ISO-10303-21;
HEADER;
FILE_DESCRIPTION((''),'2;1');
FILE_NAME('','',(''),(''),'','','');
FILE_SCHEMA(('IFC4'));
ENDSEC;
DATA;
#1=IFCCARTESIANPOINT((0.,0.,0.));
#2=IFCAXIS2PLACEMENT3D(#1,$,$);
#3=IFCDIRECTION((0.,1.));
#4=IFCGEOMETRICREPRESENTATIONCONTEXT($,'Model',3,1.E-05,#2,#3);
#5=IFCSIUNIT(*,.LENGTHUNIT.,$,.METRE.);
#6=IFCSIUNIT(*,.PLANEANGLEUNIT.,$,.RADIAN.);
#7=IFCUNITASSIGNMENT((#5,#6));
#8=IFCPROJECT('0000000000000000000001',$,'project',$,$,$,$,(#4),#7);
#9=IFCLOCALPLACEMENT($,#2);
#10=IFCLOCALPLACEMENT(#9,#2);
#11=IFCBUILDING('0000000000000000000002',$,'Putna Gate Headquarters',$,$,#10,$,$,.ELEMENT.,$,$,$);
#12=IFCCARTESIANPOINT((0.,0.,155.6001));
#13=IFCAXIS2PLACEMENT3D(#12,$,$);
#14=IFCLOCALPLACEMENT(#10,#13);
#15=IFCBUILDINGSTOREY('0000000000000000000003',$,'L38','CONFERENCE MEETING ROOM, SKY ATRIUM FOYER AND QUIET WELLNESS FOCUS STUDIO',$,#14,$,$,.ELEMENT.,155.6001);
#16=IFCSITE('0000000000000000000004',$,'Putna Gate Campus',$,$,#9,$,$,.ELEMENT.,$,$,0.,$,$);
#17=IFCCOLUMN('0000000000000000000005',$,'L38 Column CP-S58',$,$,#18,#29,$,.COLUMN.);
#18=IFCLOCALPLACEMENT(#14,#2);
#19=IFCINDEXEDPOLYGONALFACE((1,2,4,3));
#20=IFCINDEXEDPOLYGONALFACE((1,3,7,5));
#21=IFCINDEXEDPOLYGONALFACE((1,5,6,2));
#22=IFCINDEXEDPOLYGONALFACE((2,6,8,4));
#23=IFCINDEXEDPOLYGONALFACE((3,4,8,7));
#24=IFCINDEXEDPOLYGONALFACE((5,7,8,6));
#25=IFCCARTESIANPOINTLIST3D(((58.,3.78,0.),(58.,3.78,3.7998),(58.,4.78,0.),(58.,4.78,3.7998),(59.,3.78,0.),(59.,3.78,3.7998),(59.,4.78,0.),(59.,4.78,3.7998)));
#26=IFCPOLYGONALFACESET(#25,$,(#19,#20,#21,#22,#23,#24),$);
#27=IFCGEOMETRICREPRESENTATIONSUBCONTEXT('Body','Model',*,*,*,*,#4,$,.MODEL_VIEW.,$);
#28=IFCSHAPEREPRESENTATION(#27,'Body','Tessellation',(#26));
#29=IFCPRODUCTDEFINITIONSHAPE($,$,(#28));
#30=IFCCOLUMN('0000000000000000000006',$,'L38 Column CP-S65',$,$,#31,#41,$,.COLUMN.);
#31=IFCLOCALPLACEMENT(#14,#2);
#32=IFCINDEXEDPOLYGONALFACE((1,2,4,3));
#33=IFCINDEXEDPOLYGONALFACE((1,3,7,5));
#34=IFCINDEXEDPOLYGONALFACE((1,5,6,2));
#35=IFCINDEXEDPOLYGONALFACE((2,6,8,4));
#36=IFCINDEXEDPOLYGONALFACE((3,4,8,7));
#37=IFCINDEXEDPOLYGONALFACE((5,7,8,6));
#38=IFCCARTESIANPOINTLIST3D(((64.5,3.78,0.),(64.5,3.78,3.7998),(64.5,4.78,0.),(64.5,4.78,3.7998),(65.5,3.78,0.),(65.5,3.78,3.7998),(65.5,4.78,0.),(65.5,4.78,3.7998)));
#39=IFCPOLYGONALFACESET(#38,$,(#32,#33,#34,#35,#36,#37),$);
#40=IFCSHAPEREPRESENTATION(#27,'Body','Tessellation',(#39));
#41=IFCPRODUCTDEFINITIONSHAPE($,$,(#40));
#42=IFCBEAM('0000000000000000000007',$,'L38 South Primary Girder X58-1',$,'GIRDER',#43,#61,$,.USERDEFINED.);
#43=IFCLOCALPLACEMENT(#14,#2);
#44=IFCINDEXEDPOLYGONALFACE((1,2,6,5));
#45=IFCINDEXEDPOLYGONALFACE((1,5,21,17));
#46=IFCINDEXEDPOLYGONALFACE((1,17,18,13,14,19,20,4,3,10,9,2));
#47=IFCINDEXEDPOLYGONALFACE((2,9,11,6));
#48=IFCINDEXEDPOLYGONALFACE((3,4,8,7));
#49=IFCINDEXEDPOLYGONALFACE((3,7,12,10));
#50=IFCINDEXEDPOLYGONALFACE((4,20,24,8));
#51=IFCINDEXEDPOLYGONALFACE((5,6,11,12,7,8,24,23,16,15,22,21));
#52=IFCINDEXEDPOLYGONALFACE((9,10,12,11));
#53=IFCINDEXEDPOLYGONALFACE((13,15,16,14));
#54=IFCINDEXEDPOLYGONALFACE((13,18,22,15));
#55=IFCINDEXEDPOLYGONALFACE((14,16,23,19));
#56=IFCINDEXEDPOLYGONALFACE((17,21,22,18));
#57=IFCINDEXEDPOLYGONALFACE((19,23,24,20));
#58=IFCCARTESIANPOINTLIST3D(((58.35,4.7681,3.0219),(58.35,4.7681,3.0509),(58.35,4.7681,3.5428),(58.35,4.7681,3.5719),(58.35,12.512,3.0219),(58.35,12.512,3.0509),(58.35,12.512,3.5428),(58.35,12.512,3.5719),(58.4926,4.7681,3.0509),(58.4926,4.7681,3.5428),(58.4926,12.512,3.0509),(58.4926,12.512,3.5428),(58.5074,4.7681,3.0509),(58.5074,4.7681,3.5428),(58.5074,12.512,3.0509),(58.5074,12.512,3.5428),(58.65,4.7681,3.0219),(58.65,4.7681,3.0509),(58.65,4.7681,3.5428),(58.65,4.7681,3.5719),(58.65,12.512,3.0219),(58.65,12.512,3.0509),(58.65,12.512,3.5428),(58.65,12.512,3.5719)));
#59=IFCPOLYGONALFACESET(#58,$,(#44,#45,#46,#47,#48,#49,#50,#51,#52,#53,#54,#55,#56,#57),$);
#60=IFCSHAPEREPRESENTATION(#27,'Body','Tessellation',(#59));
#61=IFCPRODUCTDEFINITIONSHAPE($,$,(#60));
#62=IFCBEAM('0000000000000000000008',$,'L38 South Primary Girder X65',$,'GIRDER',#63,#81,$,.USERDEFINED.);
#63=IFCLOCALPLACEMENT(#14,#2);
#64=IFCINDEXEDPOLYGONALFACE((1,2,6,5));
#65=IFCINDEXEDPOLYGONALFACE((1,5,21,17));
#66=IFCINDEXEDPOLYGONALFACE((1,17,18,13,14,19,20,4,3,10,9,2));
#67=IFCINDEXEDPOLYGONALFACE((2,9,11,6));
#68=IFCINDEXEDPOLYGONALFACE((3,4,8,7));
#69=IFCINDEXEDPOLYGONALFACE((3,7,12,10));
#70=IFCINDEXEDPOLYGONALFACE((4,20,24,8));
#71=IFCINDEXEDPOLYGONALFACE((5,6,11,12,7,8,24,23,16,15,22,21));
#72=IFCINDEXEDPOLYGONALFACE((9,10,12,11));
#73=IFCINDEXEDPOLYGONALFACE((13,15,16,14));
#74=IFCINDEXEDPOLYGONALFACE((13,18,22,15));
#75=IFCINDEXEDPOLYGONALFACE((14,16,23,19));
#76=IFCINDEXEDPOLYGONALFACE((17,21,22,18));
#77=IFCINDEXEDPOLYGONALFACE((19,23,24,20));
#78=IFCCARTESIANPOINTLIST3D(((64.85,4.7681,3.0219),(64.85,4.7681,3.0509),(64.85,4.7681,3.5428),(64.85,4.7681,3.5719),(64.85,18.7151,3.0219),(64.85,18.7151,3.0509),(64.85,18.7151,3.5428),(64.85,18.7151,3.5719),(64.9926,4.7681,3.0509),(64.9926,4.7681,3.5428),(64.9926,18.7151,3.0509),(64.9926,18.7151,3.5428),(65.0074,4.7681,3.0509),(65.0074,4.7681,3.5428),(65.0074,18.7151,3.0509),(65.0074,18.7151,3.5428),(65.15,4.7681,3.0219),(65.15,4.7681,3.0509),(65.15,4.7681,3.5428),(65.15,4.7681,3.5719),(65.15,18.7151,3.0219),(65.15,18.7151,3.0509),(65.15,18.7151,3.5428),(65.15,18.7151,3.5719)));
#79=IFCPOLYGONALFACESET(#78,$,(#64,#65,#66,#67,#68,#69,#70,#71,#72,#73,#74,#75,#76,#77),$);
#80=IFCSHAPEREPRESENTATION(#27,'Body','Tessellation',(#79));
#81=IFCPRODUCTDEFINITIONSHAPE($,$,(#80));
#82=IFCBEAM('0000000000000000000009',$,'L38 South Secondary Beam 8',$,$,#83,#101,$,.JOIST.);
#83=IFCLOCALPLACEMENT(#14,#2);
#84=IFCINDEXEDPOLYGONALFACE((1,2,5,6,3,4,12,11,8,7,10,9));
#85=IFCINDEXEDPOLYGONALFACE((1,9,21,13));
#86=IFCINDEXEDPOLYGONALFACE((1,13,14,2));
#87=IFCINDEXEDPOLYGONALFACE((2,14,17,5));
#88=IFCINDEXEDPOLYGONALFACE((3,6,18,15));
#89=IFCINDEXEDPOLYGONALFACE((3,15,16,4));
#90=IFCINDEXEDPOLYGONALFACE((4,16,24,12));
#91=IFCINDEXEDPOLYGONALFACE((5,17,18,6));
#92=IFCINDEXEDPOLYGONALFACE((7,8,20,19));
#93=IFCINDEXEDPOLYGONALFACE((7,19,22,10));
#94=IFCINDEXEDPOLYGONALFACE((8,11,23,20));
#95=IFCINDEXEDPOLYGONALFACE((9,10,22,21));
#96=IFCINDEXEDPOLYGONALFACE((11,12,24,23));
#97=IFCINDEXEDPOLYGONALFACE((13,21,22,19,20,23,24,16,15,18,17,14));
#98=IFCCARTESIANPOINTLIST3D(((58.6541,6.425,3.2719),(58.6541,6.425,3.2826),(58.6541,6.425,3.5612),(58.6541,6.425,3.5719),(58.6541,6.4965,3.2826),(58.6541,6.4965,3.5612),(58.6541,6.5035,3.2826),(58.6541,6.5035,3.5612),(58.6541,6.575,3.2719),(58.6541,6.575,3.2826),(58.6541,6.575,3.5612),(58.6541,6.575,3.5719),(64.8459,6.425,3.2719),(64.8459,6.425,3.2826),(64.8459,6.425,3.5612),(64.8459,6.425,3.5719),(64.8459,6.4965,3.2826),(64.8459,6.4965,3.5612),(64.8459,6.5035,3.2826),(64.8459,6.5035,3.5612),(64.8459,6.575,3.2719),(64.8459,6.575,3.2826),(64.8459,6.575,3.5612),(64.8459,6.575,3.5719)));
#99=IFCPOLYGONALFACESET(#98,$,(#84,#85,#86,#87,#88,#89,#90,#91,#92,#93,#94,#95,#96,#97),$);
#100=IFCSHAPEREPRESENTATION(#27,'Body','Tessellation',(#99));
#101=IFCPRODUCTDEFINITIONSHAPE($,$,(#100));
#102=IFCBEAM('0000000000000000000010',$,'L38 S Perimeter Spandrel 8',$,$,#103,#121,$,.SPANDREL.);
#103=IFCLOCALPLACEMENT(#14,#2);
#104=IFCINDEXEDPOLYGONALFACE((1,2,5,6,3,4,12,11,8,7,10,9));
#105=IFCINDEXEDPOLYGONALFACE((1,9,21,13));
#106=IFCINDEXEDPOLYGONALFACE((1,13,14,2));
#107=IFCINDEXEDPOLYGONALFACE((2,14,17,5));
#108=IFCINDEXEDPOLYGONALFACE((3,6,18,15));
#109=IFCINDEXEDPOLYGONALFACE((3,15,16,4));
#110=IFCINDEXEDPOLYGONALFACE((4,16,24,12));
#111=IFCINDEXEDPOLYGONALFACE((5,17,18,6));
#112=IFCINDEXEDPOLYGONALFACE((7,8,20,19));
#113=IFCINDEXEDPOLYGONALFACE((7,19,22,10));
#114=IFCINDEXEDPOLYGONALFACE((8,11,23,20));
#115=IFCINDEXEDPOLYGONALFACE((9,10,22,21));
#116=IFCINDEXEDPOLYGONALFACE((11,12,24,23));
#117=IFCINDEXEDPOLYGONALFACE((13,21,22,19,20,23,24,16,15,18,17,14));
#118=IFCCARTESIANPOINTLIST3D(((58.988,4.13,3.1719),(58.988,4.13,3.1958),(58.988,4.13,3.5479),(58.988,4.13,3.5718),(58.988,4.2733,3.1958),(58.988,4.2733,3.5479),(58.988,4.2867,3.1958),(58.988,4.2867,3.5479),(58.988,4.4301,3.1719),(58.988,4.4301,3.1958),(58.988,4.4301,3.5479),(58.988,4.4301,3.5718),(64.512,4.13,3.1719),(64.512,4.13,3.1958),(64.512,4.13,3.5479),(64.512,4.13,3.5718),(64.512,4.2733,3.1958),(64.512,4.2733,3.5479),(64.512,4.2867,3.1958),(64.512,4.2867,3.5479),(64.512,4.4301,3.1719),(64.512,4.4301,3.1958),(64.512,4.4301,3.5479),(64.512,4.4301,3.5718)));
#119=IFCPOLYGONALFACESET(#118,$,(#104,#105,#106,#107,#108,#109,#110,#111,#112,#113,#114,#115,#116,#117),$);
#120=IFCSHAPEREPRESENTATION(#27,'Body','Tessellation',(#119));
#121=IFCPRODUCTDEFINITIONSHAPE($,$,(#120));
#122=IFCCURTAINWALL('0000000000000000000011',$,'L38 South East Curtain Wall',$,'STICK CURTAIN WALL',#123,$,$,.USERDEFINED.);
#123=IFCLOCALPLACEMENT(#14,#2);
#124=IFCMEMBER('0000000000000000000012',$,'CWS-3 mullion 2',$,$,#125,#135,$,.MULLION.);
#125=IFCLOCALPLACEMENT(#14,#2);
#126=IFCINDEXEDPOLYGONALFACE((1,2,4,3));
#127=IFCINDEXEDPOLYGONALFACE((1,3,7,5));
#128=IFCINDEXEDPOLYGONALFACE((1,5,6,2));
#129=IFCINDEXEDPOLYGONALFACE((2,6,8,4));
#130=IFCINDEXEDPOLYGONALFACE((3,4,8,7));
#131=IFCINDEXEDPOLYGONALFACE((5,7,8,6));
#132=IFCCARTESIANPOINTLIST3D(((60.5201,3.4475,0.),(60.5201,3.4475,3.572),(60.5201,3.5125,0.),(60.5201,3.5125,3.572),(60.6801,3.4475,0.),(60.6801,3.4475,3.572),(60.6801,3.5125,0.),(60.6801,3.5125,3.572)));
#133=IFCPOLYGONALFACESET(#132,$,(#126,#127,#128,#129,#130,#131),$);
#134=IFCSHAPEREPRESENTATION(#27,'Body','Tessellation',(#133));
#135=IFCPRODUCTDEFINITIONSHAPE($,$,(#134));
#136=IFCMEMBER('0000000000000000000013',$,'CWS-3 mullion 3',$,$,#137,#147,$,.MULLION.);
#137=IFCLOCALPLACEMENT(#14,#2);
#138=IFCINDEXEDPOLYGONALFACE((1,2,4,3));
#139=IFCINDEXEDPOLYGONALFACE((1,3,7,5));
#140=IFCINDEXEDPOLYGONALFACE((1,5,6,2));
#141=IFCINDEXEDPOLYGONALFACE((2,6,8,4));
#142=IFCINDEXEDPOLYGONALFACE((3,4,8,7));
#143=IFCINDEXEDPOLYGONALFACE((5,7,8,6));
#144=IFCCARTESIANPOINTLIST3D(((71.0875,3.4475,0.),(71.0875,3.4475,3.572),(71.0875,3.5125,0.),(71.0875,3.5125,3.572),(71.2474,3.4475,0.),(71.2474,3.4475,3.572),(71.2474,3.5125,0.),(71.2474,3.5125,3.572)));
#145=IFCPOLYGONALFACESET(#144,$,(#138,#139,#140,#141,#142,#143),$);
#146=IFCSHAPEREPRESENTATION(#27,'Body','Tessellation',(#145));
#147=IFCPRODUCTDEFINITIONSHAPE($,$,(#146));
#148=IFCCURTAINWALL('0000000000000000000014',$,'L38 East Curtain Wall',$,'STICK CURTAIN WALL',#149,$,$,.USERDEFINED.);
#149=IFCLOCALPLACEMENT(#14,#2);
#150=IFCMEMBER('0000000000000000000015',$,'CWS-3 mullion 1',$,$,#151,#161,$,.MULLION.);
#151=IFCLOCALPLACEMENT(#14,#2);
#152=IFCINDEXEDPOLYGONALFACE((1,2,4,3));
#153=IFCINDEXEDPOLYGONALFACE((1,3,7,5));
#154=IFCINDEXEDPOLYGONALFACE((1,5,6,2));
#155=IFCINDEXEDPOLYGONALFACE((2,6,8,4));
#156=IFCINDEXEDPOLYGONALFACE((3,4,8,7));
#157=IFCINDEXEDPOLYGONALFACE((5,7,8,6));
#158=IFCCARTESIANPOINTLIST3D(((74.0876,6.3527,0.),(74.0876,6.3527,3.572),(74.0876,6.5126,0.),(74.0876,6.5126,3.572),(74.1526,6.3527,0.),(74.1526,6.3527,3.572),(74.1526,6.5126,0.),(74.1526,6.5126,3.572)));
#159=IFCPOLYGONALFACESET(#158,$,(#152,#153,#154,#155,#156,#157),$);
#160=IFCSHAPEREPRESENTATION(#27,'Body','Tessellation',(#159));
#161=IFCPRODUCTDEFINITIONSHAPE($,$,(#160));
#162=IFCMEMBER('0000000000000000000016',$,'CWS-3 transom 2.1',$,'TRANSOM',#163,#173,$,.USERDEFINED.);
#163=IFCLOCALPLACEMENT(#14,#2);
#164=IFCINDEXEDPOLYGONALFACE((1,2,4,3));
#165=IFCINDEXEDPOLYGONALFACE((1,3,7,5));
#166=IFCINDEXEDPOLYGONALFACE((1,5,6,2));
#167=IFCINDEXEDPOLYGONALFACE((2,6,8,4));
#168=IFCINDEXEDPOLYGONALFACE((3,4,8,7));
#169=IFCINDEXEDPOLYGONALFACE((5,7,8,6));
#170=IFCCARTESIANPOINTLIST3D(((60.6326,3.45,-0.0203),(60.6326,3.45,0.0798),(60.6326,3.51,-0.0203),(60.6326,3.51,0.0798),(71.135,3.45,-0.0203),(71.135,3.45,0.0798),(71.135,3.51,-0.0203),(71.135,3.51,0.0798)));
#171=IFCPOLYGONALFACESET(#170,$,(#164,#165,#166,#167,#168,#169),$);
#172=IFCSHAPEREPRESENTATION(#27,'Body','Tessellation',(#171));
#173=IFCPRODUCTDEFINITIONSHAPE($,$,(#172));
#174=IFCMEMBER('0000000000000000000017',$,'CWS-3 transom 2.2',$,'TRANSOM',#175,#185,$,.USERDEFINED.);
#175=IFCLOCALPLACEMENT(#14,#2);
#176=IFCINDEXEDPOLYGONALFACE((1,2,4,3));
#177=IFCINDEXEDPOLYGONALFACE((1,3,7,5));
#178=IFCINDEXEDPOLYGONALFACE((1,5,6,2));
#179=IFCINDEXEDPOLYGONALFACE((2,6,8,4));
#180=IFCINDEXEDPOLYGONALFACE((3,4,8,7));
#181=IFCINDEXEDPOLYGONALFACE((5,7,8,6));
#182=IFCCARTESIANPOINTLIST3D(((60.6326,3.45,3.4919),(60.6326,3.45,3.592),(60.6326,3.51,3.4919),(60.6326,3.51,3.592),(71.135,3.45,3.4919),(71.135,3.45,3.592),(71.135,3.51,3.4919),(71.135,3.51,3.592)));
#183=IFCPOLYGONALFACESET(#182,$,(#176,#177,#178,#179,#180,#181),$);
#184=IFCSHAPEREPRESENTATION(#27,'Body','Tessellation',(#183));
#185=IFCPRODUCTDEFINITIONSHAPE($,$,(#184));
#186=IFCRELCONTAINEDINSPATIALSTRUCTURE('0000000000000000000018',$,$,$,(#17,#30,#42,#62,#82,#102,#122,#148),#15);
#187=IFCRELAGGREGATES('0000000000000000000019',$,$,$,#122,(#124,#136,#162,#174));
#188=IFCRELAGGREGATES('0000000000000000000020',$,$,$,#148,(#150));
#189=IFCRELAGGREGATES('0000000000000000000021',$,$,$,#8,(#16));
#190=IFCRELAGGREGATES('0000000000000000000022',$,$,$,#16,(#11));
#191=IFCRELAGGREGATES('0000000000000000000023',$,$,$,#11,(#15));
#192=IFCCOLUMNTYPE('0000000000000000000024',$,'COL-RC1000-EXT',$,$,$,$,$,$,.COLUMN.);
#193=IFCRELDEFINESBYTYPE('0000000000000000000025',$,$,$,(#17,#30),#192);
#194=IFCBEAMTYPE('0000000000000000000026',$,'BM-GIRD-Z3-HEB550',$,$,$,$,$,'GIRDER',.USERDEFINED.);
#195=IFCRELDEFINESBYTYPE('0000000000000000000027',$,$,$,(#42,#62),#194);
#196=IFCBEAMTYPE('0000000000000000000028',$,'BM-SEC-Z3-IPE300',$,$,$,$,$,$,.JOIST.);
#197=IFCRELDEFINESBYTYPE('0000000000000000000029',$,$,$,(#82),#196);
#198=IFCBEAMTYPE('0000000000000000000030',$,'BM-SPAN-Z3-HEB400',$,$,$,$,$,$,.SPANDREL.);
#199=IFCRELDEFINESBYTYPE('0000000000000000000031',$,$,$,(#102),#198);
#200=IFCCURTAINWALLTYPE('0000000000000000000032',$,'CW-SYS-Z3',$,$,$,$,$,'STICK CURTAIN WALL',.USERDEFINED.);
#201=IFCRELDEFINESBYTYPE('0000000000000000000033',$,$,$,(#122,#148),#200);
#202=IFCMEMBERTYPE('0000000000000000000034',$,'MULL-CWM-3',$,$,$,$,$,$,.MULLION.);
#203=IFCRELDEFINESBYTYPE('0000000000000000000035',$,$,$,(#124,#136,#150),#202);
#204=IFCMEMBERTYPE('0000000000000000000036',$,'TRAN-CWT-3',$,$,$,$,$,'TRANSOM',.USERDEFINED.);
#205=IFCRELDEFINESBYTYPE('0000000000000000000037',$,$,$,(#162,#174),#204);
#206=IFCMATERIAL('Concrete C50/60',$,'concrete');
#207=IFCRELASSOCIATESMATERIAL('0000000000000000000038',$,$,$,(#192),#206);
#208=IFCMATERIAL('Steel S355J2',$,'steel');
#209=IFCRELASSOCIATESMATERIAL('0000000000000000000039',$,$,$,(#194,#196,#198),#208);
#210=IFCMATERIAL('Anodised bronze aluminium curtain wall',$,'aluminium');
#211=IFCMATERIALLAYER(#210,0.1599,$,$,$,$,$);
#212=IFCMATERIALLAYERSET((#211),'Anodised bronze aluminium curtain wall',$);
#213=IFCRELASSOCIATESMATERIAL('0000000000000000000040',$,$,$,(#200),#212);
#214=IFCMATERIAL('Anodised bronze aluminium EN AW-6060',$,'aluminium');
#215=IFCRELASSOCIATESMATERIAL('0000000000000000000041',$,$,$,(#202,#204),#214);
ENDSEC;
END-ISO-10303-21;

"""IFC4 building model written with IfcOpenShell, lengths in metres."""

from ifc_helpers import new_model, si_unit, direction, frame, origin, origin_2d, place, context, subcontext, project, spatial, rectangle, i_section, extrude, material, layer, layer_set, material_profile, profile_set, type_object, element, aggregate, save


model = new_model("IFC4")

# Units and contexts
model_context = context("Model", 3, precision=1e-05, world=origin(), true_north=direction((0.0, 1.0)))
body_context = subcontext(model_context, "Body", "Model", "MODEL_VIEW")
ifc_project = project(units=[si_unit("LENGTHUNIT", "METRE"), si_unit("PLANEANGLEUNIT", "RADIAN")], contexts=[model_context])

# Site, building, storey
site_placement = place(None, origin())
site = spatial("IfcSite", under=ifc_project, at=site_placement, Name="Putna Gate Campus", CompositionType="ELEMENT", RefElevation=0.0)
building_placement = place(site_placement, origin())
building = spatial("IfcBuilding", under=site, at=building_placement, Name="Putna Gate Headquarters", CompositionType="ELEMENT")
storey_placement = place(building_placement, frame((0.0, 0.0, 155.6001)))
storey = spatial("IfcBuildingStorey", under=building, at=storey_placement, Name="L38", Description="CONFERENCE MEETING ROOM, SKY ATRIUM FOYER AND QUIET WELLNESS FOCUS STUDIO", CompositionType="ELEMENT", Elevation=155.6001)

# Columns
ifc_material_1 = material(Name="Concrete C50/60", Category="concrete")
ifc_material_profile_1 = material_profile(ifc_material_1, rectangle(XDim=1.0, YDim=1.0, at=origin_2d()), Name="Concrete C50/60")
ifc_profile_set_1 = profile_set([ifc_material_profile_1], Name="Concrete C50/60")
column_type = type_object("IfcColumnType", Name="COL-RC1000-EXT", PredefinedType="COLUMN", material=ifc_profile_set_1)
for number, where, z_axis, x_axis, name in (
    (1, (58.5, 4.28, 0.0), (0.0, 0.0, 1.0), (1.0, 0.0, 0.0), "L38 Column CP-S58"),
    (2, (65.0, 4.28, 0.0), (0.0, 0.0, 1.0), (1.0, 0.0, 0.0), "L38 Column CP-S65"),
):
    element("IfcColumn", number, at=place(storey_placement, frame(where, z_axis=z_axis, x_axis=x_axis)), inside=storey, type_object=column_type, Name=name, PredefinedType="COLUMN", context=body_context, shape_type="SweptSolid", body=[
        extrude(rectangle(XDim=1.0, YDim=1.0, at=origin_2d()), origin(), (0.0, 0.0, 1.0), 3.7998),
    ])

# Beams
ifc_material_2 = material(Name="Steel S355J2", Category="steel")
ifc_material_profile_2 = material_profile(ifc_material_2, i_section(OverallWidth=0.3, OverallDepth=0.55, WebThickness=0.0149, FlangeThickness=0.0291, at=origin_2d()), Name="Steel S355J2")
ifc_profile_set_2 = profile_set([ifc_material_profile_2], Name="Steel S355J2")
beam_type_1 = type_object("IfcBeamType", Name="BM-GIRD-Z3-HEB550", ElementType="GIRDER", PredefinedType="USERDEFINED", material=ifc_profile_set_2)
beam_1_placement = place(storey_placement, frame((58.5, 4.7681, 3.2969), z_axis=(0.0, 1.0, 0.0), x_axis=(-1.0, 0.0, 0.0)))
element("IfcBeam", 3, at=beam_1_placement, inside=storey, type_object=beam_type_1, Name="L38 South Primary Girder X58-1", ObjectType="GIRDER", PredefinedType="USERDEFINED", context=body_context, shape_type="SweptSolid", body=[
    extrude(i_section(OverallWidth=0.3, OverallDepth=0.55, WebThickness=0.0149, FlangeThickness=0.0291, at=origin_2d()), origin(), (0.0, 0.0, 1.0), 7.7439),
])
beam_2_placement = place(storey_placement, frame((65.0, 4.7681, 3.2969), z_axis=(0.0, 1.0, 0.0), x_axis=(-1.0, 0.0, 0.0)))
element("IfcBeam", 4, at=beam_2_placement, inside=storey, type_object=beam_type_1, Name="L38 South Primary Girder X65", ObjectType="GIRDER", PredefinedType="USERDEFINED", context=body_context, shape_type="SweptSolid", body=[
    extrude(i_section(OverallWidth=0.3, OverallDepth=0.55, WebThickness=0.0149, FlangeThickness=0.0291, at=origin_2d()), origin(), (0.0, 0.0, 1.0), 13.947),
])
ifc_material_profile_3 = material_profile(ifc_material_2, i_section(OverallWidth=0.1499, OverallDepth=0.3, WebThickness=0.0071, FlangeThickness=0.0107, at=origin_2d()), Name="Steel S355J2")
ifc_profile_set_3 = profile_set([ifc_material_profile_3], Name="Steel S355J2")
beam_type_2 = type_object("IfcBeamType", Name="BM-SEC-Z3-IPE300", PredefinedType="JOIST", material=ifc_profile_set_3)
beam_3_placement = place(storey_placement, frame((58.6541, 6.5, 3.4219), z_axis=(1.0, 0.0, 0.0), x_axis=(0.0, 1.0, 0.0)))
element("IfcBeam", 5, at=beam_3_placement, inside=storey, type_object=beam_type_2, Name="L38 South Secondary Beam 8", PredefinedType="JOIST", context=body_context, shape_type="SweptSolid", body=[
    extrude(i_section(OverallWidth=0.1499, OverallDepth=0.3, WebThickness=0.0071, FlangeThickness=0.0107, at=origin_2d()), origin(), (0.0, 0.0, 1.0), 6.1919),
])
ifc_material_profile_4 = material_profile(ifc_material_2, i_section(OverallWidth=0.3, OverallDepth=0.3999, WebThickness=0.0134, FlangeThickness=0.0239, at=origin_2d()), Name="Steel S355J2")
ifc_profile_set_4 = profile_set([ifc_material_profile_4], Name="Steel S355J2")
beam_type_3 = type_object("IfcBeamType", Name="BM-SPAN-Z3-HEB400", PredefinedType="SPANDREL", material=ifc_profile_set_4)
beam_4_placement = place(storey_placement, frame((58.988, 4.28, 3.3718), z_axis=(1.0, 0.0, 0.0), x_axis=(0.0, 1.0, 0.0)))
element("IfcBeam", 6, at=beam_4_placement, inside=storey, type_object=beam_type_3, Name="L38 S Perimeter Spandrel 8", PredefinedType="SPANDREL", context=body_context, shape_type="SweptSolid", body=[
    extrude(i_section(OverallWidth=0.3, OverallDepth=0.3999, WebThickness=0.0134, FlangeThickness=0.0239, at=origin_2d()), origin(), (0.0, 0.0, 1.0), 5.5239),
])

# Curtain wall, members
ifc_material_3 = material(Name="Anodised bronze aluminium curtain wall", Category="aluminium")
ifc_layer_1 = layer(ifc_material_3, 0.1599)
ifc_layer_set_1 = layer_set([ifc_layer_1], Name="Anodised bronze aluminium curtain wall")
curtain_wall_type = type_object("IfcCurtainWallType", Name="CW-SYS-Z3", ElementType="STICK CURTAIN WALL", PredefinedType="USERDEFINED", material=ifc_layer_set_1)
curtain_wall_1_placement = place(storey_placement, origin())
curtain_wall_1 = element("IfcCurtainWall", 7, at=curtain_wall_1_placement, inside=storey, type_object=curtain_wall_type, Name="L38 South East Curtain Wall", ObjectType="STICK CURTAIN WALL", PredefinedType="USERDEFINED")
ifc_material_4 = material(Name="Anodised bronze aluminium EN AW-6060", Category="aluminium")
ifc_material_profile_5 = material_profile(ifc_material_4, rectangle(XDim=0.0649, YDim=0.1599, at=origin_2d()), Name="Anodised bronze aluminium EN AW-6060")
ifc_profile_set_5 = profile_set([ifc_material_profile_5], Name="Anodised bronze aluminium EN AW-6060")
member_type_1 = type_object("IfcMemberType", Name="MULL-CWM-3", PredefinedType="MULLION", material=ifc_profile_set_5)
member_1_placement = place(storey_placement, frame((60.6001, 3.48, 0.0), z_axis=(0.0, 0.0, 1.0), x_axis=(0.0, 1.0, 0.0)))
member_1 = element("IfcMember", 8, at=member_1_placement, type_object=member_type_1, Name="CWS-3 mullion 2", PredefinedType="MULLION", context=body_context, shape_type="SweptSolid", body=[
    extrude(rectangle(XDim=0.0649, YDim=0.1599, at=origin_2d()), origin(), (0.0, 0.0, 1.0), 3.572),
])
member_2_placement = place(storey_placement, frame((71.1675, 3.48, 0.0), z_axis=(0.0, 0.0, 1.0), x_axis=(0.0, 1.0, 0.0)))
member_2 = element("IfcMember", 9, at=member_2_placement, type_object=member_type_1, Name="CWS-3 mullion 3", PredefinedType="MULLION", context=body_context, shape_type="SweptSolid", body=[
    extrude(rectangle(XDim=0.0649, YDim=0.1599, at=origin_2d()), origin(), (0.0, 0.0, 1.0), 3.572),
])

# Curtain wall, member
curtain_wall_2_placement = place(storey_placement, origin())
curtain_wall_2 = element("IfcCurtainWall", 10, at=curtain_wall_2_placement, inside=storey, type_object=curtain_wall_type, Name="L38 East Curtain Wall", ObjectType="STICK CURTAIN WALL", PredefinedType="USERDEFINED")
member_3_placement = place(storey_placement, frame((74.1201, 6.4326, 0.0), z_axis=(0.0, 0.0, 1.0), x_axis=(-1.0, 0.0, 0.0)))
member_3 = element("IfcMember", 11, at=member_3_placement, type_object=member_type_1, Name="CWS-3 mullion 1", PredefinedType="MULLION", context=body_context, shape_type="SweptSolid", body=[
    extrude(rectangle(XDim=0.0649, YDim=0.1599, at=origin_2d()), origin(), (0.0, 0.0, 1.0), 3.572),
])

# Members
ifc_material_profile_6 = material_profile(ifc_material_4, rectangle(XDim=0.0601, YDim=0.1001, at=origin_2d()), Name="Anodised bronze aluminium EN AW-6060")
ifc_profile_set_6 = profile_set([ifc_material_profile_6], Name="Anodised bronze aluminium EN AW-6060")
member_type_2 = type_object("IfcMemberType", Name="TRAN-CWT-3", ElementType="TRANSOM", PredefinedType="USERDEFINED", material=ifc_profile_set_6)
member_4_placement = place(storey_placement, frame((60.6326, 3.48, 0.0298), z_axis=(1.0, 0.0, 0.0), x_axis=(0.0, 1.0, 0.0)))
member_4 = element("IfcMember", 12, at=member_4_placement, type_object=member_type_2, Name="CWS-3 transom 2.1", ObjectType="TRANSOM", PredefinedType="USERDEFINED", context=body_context, shape_type="SweptSolid", body=[
    extrude(rectangle(XDim=0.0601, YDim=0.1001, at=origin_2d()), origin(), (0.0, 0.0, 1.0), 10.5024),
])
member_5_placement = place(storey_placement, frame((60.6326, 3.48, 3.542), z_axis=(1.0, 0.0, 0.0), x_axis=(0.0, 1.0, 0.0)))
member_5 = element("IfcMember", 13, at=member_5_placement, type_object=member_type_2, Name="CWS-3 transom 2.2", ObjectType="TRANSOM", PredefinedType="USERDEFINED", context=body_context, shape_type="SweptSolid", body=[
    extrude(rectangle(XDim=0.0601, YDim=0.1001, at=origin_2d()), origin(), (0.0, 0.0, 1.0), 10.5024),
])

aggregate(curtain_wall_1, [member_1, member_2, member_4, member_5])
aggregate(curtain_wall_2, [member_3])

save(model, "model.ifc")
